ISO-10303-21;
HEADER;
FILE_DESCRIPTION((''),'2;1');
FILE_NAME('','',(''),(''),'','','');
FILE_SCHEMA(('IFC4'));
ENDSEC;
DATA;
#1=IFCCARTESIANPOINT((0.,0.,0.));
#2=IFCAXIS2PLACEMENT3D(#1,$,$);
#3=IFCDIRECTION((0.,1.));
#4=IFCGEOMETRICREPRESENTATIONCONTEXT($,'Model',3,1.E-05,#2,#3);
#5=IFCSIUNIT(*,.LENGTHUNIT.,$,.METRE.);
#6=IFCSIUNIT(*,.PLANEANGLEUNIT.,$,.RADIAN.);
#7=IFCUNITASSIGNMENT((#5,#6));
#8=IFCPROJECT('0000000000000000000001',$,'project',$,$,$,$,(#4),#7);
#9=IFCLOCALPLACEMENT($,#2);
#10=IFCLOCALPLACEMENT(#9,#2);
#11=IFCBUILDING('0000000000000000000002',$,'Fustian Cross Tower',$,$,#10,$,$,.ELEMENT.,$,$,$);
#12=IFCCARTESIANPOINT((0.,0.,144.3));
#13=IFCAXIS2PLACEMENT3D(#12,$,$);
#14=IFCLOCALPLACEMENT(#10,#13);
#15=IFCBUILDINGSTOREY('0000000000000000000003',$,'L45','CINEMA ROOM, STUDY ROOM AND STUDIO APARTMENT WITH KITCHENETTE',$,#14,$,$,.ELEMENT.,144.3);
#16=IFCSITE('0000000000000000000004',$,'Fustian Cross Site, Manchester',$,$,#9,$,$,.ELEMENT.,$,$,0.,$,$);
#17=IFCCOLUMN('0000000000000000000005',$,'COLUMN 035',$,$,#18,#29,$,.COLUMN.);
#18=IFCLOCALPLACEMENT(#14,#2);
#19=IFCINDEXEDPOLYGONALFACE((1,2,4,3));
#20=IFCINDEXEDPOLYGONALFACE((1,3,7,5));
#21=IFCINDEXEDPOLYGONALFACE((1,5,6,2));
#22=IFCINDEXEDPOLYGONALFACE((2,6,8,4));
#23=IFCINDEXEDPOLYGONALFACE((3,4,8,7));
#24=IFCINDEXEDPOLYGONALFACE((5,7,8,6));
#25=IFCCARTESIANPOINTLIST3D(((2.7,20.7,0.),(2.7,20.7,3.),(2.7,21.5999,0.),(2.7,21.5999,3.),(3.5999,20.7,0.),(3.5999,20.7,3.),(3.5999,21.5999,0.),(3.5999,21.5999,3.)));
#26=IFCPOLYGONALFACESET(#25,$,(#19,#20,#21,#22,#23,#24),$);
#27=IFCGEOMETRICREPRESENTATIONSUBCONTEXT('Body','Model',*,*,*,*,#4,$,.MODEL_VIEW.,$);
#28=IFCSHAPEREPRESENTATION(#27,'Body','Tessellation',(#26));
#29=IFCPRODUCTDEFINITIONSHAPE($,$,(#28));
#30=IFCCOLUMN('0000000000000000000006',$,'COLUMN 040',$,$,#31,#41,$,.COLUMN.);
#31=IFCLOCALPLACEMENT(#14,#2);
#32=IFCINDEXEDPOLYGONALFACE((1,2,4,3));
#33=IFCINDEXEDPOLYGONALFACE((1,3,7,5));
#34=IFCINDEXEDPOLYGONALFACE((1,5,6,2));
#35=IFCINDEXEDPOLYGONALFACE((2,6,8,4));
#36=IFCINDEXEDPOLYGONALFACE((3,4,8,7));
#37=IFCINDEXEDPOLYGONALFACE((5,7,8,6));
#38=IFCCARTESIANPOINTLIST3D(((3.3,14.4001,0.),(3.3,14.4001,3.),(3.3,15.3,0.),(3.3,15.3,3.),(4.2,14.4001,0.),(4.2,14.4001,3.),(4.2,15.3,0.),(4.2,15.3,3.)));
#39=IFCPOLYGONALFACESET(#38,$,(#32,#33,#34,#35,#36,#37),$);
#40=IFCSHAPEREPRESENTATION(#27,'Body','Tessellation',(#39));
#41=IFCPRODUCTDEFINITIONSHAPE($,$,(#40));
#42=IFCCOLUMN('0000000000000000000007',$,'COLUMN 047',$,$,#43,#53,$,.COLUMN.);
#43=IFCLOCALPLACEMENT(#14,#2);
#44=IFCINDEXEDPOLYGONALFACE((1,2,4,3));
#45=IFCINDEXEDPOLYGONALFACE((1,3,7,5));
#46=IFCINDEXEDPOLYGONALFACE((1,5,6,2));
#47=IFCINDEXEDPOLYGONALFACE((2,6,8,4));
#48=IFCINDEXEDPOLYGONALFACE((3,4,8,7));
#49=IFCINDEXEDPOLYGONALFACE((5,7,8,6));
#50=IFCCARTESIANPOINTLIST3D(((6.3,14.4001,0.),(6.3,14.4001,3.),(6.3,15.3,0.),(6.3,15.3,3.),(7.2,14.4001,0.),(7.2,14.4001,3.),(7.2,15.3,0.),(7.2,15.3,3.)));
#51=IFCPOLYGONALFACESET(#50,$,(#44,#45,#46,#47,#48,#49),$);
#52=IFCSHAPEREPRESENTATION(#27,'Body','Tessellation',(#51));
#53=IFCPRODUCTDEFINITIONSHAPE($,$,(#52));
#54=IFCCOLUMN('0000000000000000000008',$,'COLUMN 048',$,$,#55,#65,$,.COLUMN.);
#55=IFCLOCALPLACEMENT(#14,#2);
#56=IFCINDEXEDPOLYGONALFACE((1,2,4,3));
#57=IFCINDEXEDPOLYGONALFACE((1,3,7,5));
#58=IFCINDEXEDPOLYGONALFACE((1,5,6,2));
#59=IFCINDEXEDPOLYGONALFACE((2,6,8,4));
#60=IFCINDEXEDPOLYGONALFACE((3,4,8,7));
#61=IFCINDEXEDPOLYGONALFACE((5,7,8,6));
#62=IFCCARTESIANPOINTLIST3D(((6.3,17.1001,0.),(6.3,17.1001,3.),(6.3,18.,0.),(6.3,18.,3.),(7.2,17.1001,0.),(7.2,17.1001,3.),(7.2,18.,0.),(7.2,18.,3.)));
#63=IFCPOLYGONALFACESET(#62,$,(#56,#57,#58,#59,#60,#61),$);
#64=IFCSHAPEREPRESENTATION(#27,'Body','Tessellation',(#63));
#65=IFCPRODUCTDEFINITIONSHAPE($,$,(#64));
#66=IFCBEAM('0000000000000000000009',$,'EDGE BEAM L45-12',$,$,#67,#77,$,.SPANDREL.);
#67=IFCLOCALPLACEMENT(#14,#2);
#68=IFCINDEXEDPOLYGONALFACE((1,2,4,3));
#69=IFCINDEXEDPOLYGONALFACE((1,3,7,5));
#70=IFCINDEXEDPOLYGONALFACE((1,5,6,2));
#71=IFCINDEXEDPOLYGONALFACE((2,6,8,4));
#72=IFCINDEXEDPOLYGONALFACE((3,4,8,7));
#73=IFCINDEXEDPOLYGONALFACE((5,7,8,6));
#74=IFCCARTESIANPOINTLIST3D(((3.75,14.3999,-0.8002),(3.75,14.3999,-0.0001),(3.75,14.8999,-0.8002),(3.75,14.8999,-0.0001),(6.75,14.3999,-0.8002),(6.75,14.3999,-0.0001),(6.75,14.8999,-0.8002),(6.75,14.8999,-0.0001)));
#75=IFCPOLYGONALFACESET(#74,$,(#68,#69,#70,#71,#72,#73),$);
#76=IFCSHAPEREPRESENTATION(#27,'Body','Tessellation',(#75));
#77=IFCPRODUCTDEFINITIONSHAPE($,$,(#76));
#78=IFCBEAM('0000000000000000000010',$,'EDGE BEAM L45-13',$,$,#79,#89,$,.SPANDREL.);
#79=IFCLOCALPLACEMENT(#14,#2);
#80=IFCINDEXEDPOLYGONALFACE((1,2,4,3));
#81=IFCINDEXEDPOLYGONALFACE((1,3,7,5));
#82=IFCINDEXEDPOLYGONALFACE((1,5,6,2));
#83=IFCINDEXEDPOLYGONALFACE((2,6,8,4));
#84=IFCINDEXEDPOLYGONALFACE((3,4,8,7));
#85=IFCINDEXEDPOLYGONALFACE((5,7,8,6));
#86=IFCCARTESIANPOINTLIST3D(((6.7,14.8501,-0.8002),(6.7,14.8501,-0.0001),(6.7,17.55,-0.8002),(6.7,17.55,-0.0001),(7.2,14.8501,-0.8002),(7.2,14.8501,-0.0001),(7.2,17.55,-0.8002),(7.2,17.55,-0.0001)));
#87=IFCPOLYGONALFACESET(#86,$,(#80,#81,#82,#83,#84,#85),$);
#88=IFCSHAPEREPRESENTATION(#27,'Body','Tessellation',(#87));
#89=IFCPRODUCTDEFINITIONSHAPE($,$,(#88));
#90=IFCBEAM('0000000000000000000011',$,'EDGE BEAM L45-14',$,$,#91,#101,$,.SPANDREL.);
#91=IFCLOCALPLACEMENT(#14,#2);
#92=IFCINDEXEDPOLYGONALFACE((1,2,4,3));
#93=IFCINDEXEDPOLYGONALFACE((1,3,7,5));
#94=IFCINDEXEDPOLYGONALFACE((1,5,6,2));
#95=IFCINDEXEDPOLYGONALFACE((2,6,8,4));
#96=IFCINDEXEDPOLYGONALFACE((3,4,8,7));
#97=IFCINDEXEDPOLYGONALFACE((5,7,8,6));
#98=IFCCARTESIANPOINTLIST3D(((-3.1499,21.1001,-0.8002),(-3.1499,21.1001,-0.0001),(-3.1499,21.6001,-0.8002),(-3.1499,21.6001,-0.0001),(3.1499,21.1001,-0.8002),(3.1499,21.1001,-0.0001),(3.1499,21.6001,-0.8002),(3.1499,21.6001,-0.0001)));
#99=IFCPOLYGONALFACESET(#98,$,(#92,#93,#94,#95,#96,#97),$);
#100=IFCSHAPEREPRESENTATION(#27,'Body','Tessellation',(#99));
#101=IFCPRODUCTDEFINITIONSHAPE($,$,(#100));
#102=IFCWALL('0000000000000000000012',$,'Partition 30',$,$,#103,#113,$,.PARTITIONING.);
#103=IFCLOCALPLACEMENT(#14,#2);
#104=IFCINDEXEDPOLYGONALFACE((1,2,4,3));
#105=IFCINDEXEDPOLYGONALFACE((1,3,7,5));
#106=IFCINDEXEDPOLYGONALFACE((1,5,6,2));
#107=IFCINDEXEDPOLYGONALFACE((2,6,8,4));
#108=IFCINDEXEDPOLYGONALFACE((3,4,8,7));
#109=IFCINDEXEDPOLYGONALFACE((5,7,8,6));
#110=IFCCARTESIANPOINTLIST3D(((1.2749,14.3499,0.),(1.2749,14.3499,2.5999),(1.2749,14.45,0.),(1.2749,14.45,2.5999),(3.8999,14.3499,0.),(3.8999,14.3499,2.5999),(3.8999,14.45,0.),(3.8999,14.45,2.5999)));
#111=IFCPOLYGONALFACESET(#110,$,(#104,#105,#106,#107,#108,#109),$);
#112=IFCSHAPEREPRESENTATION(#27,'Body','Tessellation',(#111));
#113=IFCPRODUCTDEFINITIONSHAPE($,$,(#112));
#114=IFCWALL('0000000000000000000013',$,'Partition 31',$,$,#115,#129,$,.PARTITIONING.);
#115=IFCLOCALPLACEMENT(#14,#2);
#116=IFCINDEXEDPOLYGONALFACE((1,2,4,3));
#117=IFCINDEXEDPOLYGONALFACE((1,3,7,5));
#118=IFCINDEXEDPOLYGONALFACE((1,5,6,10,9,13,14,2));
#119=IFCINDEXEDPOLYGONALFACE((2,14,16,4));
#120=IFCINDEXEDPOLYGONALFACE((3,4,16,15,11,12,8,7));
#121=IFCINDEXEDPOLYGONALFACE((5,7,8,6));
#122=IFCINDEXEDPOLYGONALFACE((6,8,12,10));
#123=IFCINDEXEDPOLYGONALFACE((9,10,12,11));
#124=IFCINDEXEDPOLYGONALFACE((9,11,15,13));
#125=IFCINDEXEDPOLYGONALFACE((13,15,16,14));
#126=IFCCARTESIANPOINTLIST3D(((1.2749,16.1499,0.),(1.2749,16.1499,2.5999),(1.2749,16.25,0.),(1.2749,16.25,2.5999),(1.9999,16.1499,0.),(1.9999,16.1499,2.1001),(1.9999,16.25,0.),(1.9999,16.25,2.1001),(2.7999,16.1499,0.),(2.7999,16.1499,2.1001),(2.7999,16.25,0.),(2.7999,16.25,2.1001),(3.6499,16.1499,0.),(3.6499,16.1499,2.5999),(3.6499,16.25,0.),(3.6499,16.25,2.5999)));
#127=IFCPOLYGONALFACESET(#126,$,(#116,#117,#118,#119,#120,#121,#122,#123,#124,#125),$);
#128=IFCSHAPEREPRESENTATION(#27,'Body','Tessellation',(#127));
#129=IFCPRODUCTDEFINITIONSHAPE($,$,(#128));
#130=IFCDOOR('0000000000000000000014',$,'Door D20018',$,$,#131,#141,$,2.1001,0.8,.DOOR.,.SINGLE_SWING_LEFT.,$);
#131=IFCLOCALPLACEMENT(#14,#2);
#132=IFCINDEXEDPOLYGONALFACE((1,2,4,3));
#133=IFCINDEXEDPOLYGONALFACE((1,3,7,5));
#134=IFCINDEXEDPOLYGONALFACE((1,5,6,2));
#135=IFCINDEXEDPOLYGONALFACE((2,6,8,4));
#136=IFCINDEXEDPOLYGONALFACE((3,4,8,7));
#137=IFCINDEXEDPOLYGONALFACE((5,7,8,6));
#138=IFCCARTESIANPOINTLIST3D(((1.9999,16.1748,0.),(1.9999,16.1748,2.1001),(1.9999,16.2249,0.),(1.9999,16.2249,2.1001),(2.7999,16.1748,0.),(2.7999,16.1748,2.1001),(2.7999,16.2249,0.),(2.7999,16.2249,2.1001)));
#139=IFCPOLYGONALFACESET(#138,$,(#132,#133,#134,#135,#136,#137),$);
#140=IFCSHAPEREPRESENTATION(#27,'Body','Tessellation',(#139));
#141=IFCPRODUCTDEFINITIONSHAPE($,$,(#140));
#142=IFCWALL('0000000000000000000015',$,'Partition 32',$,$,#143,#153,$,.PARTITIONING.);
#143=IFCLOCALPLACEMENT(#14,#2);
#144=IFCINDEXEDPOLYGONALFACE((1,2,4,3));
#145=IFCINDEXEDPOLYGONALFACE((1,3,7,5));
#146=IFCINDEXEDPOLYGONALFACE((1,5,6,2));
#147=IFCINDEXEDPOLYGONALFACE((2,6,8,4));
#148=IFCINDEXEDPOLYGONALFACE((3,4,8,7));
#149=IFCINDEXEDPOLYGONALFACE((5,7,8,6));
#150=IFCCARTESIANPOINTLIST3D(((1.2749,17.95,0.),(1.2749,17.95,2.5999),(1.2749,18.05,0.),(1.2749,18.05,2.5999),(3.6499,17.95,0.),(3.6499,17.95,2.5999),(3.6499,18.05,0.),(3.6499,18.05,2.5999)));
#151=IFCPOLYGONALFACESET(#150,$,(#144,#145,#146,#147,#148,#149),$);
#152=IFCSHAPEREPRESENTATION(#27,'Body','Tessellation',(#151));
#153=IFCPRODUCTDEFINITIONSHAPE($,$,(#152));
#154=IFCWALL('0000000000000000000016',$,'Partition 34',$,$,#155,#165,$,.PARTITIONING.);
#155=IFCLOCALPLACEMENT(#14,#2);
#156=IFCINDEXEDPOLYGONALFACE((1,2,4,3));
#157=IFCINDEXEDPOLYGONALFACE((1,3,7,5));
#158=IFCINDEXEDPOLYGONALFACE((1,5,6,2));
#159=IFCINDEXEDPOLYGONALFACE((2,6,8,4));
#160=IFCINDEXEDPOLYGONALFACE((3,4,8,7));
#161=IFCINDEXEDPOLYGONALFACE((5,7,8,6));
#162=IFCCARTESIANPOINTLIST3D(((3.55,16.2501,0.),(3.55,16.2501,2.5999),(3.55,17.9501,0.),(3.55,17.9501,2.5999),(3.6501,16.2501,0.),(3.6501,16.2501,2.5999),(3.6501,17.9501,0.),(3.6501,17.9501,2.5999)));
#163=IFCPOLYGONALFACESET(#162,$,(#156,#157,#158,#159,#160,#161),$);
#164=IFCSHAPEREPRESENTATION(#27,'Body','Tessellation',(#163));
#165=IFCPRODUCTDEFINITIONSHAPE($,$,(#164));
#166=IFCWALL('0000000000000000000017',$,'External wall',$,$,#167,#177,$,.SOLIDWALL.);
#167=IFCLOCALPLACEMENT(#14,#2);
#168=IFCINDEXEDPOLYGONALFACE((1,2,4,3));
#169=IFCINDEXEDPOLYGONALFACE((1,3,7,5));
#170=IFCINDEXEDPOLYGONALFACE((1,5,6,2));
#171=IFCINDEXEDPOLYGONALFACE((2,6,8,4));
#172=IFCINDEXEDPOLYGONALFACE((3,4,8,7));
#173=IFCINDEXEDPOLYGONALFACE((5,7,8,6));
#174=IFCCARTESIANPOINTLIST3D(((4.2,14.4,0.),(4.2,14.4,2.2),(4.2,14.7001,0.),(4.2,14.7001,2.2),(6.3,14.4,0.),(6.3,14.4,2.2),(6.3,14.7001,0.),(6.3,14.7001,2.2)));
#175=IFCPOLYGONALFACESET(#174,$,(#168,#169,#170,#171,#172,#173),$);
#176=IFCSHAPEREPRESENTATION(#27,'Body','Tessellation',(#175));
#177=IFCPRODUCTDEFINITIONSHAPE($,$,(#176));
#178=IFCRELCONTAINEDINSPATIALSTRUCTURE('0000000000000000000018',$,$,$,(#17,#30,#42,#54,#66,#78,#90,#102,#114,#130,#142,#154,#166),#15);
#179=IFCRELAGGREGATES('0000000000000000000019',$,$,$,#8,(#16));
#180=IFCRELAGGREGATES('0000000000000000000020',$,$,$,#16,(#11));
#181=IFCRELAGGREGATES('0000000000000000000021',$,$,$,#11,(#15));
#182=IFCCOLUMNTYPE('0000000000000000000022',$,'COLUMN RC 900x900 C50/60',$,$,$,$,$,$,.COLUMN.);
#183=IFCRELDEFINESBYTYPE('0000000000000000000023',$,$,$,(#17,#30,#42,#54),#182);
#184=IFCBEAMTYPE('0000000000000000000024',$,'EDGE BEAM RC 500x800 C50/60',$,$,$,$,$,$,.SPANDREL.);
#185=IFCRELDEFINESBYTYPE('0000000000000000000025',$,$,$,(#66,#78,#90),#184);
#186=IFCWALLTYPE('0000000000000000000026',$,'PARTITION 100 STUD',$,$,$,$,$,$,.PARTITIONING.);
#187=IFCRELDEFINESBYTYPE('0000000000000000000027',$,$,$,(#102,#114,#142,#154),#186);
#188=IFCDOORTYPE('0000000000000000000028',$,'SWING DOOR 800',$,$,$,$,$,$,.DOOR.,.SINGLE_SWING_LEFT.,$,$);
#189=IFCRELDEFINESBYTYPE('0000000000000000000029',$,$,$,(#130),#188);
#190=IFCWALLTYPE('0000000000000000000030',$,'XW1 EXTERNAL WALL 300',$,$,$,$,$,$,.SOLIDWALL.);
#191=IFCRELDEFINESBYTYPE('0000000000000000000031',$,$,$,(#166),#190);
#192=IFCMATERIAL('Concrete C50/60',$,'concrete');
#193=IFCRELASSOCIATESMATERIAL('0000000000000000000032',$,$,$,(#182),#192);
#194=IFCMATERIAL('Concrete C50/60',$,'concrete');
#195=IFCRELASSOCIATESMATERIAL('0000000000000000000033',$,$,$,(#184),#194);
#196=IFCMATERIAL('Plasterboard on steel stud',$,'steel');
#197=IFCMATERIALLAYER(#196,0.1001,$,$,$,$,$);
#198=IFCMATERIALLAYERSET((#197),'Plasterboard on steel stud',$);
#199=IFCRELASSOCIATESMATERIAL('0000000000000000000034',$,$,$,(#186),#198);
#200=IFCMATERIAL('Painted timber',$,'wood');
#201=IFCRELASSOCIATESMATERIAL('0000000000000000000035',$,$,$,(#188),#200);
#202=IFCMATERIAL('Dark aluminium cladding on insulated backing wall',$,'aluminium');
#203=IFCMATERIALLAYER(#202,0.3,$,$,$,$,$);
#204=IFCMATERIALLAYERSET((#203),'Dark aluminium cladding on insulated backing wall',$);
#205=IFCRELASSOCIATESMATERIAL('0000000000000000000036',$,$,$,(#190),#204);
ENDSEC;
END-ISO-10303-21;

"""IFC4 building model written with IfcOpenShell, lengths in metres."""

from ifc_helpers import new_model, si_unit, direction, frame, frame_2d, origin, origin_2d, place, context, subcontext, project, spatial, rectangle, extrude, material, layer, layer_set, material_profile, profile_set, type_object, element, fill, save


model = new_model("IFC4")

# Units and contexts
model_context = context("Model", 3, precision=1e-05, world=origin(), true_north=direction((0.0, 1.0)))
body_context = subcontext(model_context, "Body", "Model", "MODEL_VIEW")
ifc_project = project(units=[si_unit("LENGTHUNIT", "METRE"), si_unit("PLANEANGLEUNIT", "RADIAN")], contexts=[model_context])

# Site, building, storey
site_placement = place(None, origin())
site = spatial("IfcSite", under=ifc_project, at=site_placement, Name="Fustian Cross Site, Manchester", CompositionType="ELEMENT", RefElevation=0.0)
building_placement = place(site_placement, origin())
building = spatial("IfcBuilding", under=site, at=building_placement, Name="Fustian Cross Tower", CompositionType="ELEMENT")
storey_placement = place(building_placement, frame((0.0, 0.0, 144.3)))
storey = spatial("IfcBuildingStorey", under=building, at=storey_placement, Name="L45", Description="CINEMA ROOM, STUDY ROOM AND STUDIO APARTMENT WITH KITCHENETTE", CompositionType="ELEMENT", Elevation=144.3)

# Columns
ifc_material_1 = material(Name="Concrete C50/60", Category="concrete")
ifc_material_profile_1 = material_profile(ifc_material_1, rectangle(XDim=0.8999, YDim=0.8999, at=origin_2d()), Name="RC 900x900")
ifc_profile_set_1 = profile_set([ifc_material_profile_1], Name="Concrete C50/60")
column_type = type_object("IfcColumnType", Name="COLUMN RC 900x900 C50/60", PredefinedType="COLUMN", material=ifc_profile_set_1)
for number, where, z_axis, x_axis, name in (
    (1, (3.1499, 21.1499, 0.0), (0.0, 0.0, 1.0), (1.0, 0.0, 0.0), "COLUMN 035"),
    (2, (3.75, 14.8501, 0.0), (0.0, 0.0, 1.0), (1.0, 0.0, 0.0), "COLUMN 040"),
    (3, (6.75, 14.8501, 0.0), (0.0, 0.0, 1.0), (1.0, 0.0, 0.0), "COLUMN 047"),
    (4, (6.75, 17.55, 0.0), (0.0, 0.0, 1.0), (1.0, 0.0, 0.0), "COLUMN 048"),
):
    element("IfcColumn", number, at=place(storey_placement, frame(where, z_axis=z_axis, x_axis=x_axis)), inside=storey, type_object=column_type, Name=name, PredefinedType="COLUMN", context=body_context, shape_type="SweptSolid", body=[
        extrude(rectangle(XDim=0.8999, YDim=0.8999, at=origin_2d()), origin(), (0.0, 0.0, 1.0), 3.0),
    ])

# Beams
ifc_material_2 = material(Name="Concrete C50/60", Category="concrete")
ifc_material_profile_2 = material_profile(ifc_material_2, rectangle(XDim=0.5, YDim=0.8, at=origin_2d()), Name="RC 500x800")
ifc_profile_set_2 = profile_set([ifc_material_profile_2], Name="Concrete C50/60")
beam_type = type_object("IfcBeamType", Name="EDGE BEAM RC 500x800 C50/60", PredefinedType="SPANDREL", material=ifc_profile_set_2)
beam_1_placement = place(storey_placement, frame((3.75, 14.6499, -0.4001), z_axis=(1.0, 0.0, 0.0), x_axis=(0.0, 1.0, 0.0)))
element("IfcBeam", 5, at=beam_1_placement, inside=storey, type_object=beam_type, Name="EDGE BEAM L45-12", PredefinedType="SPANDREL", context=body_context, shape_type="SweptSolid", body=[
    extrude(rectangle(XDim=0.5, YDim=0.8, at=origin_2d()), origin(), (0.0, 0.0, 1.0), 3.0),
])
beam_2_placement = place(storey_placement, frame((6.95, 14.8501, -0.4001), z_axis=(0.0, 1.0, 0.0), x_axis=(-1.0, 0.0, 0.0)))
element("IfcBeam", 6, at=beam_2_placement, inside=storey, type_object=beam_type, Name="EDGE BEAM L45-13", PredefinedType="SPANDREL", context=body_context, shape_type="SweptSolid", body=[
    extrude(rectangle(XDim=0.5, YDim=0.8, at=origin_2d()), origin(), (0.0, 0.0, 1.0), 2.7),
])
beam_3_placement = place(storey_placement, frame((3.1499, 21.3501, -0.4001), z_axis=(-1.0, 0.0, 0.0), x_axis=(0.0, -1.0, 0.0)))
element("IfcBeam", 7, at=beam_3_placement, inside=storey, type_object=beam_type, Name="EDGE BEAM L45-14", PredefinedType="SPANDREL", context=body_context, shape_type="SweptSolid", body=[
    extrude(rectangle(XDim=0.5, YDim=0.8, at=origin_2d()), origin(), (0.0, 0.0, 1.0), 6.2998),
])

# Wall
ifc_material_3 = material(Name="Plasterboard on steel stud", Category="steel")
ifc_layer_1 = layer(ifc_material_3, 0.1001)
ifc_layer_set_1 = layer_set([ifc_layer_1], Name="Plasterboard on steel stud")
wall_type_1 = type_object("IfcWallType", Name="PARTITION 100 STUD", PredefinedType="PARTITIONING", material=ifc_layer_set_1)
wall_1_placement = place(storey_placement, frame((1.2749, 14.3999, 0.0), z_axis=(0.0, 0.0, 1.0), x_axis=(1.0, 0.0, 0.0)))
element("IfcWall", 8, at=wall_1_placement, inside=storey, type_object=wall_type_1, Name="Partition 30", PredefinedType="PARTITIONING", context=body_context, shape_type="SweptSolid", body=[
    extrude(rectangle(XDim=2.625, YDim=0.1001, at=frame_2d((1.3125, 0.0))), origin(), (0.0, 0.0, 1.0), 2.5999),
])

# Wall, opening, door
wall_2_placement = place(storey_placement, frame((1.2749, 16.2, 0.0), z_axis=(0.0, 0.0, 1.0), x_axis=(1.0, 0.0, 0.0)))
wall_2 = element("IfcWall", 9, at=wall_2_placement, inside=storey, type_object=wall_type_1, Name="Partition 31", PredefinedType="PARTITIONING", context=body_context, shape_type="SweptSolid", body=[
    extrude(rectangle(XDim=2.375, YDim=0.1001, at=frame_2d((1.1875, 0.0))), origin(), (0.0, 0.0, 1.0), 2.5999),
])
opening_1_placement = place(wall_2_placement, frame((0.7251, 0.0, 0.0)))
opening_1 = element("IfcOpeningElement", 10, at=opening_1_placement, cuts=wall_2, PredefinedType="OPENING", context=body_context, shape_type="SweptSolid", body=[
    extrude(rectangle(XDim=0.8, YDim=2.1001, at=frame_2d((0.3999, 1.05))), frame((0.0, 0.0601, 0.0), z_axis=(0.0, -1.0, 0.0), x_axis=(1.0, 0.0, 0.0)), (0.0, 0.0, 1.0), 0.1201),
])
ifc_material_4 = material(Name="Painted timber", Category="wood")
door_type = type_object("IfcDoorType", Name="SWING DOOR 800", OperationType="SINGLE_SWING_LEFT", PredefinedType="DOOR", material=ifc_material_4)
door_placement = place(opening_1_placement, origin())
door = element("IfcDoor", 11, at=door_placement, inside=storey, type_object=door_type, Name="Door D20018", OperationType="SINGLE_SWING_LEFT", OverallHeight=2.1001, OverallWidth=0.8, PredefinedType="DOOR", context=body_context, shape_type="SweptSolid", body=[
    extrude(rectangle(XDim=0.8, YDim=2.1001, at=frame_2d((0.3999, 1.05))), frame((0.0, 0.0249, 0.0), z_axis=(0.0, -1.0, 0.0), x_axis=(1.0, 0.0, 0.0)), (0.0, 0.0, 1.0), 0.05),
])
fill(opening_1, door)

# Walls
wall_3_placement = place(storey_placement, frame((1.2749, 18.0, 0.0), z_axis=(0.0, 0.0, 1.0), x_axis=(1.0, 0.0, 0.0)))
element("IfcWall", 12, at=wall_3_placement, inside=storey, type_object=wall_type_1, Name="Partition 32", PredefinedType="PARTITIONING", context=body_context, shape_type="SweptSolid", body=[
    extrude(rectangle(XDim=2.375, YDim=0.1001, at=frame_2d((1.1875, 0.0))), origin(), (0.0, 0.0, 1.0), 2.5999),
])
wall_4_placement = place(storey_placement, frame((3.6001, 16.25, 0.0), z_axis=(0.0, 0.0, 1.0), x_axis=(0.0, 1.0, 0.0)))
element("IfcWall", 13, at=wall_4_placement, inside=storey, type_object=wall_type_1, Name="Partition 34", PredefinedType="PARTITIONING", context=body_context, shape_type="SweptSolid", body=[
    extrude(rectangle(XDim=1.7, YDim=0.1001, at=frame_2d((0.8501, 0.0))), origin(), (0.0, 0.0, 1.0), 2.5999),
])
ifc_material_5 = material(Name="Dark aluminium cladding on insulated backing wall", Category="aluminium")
ifc_layer_2 = layer(ifc_material_5, 0.3)
ifc_layer_set_2 = layer_set([ifc_layer_2], Name="Dark aluminium cladding on insulated backing wall")
wall_type_2 = type_object("IfcWallType", Name="XW1 EXTERNAL WALL 300", PredefinedType="SOLIDWALL", material=ifc_layer_set_2)
wall_5_placement = place(storey_placement, frame((4.2, 14.55, 0.0), z_axis=(0.0, 0.0, 1.0), x_axis=(1.0, 0.0, 0.0)))
element("IfcWall", 14, at=wall_5_placement, inside=storey, type_object=wall_type_2, Name="External wall", PredefinedType="SOLIDWALL", context=body_context, shape_type="SweptSolid", body=[
    extrude(rectangle(XDim=2.1001, YDim=0.3, at=frame_2d((1.05, 0.0))), origin(), (0.0, 0.0, 1.0), 2.2),
])

save(model, "model.ifc")
